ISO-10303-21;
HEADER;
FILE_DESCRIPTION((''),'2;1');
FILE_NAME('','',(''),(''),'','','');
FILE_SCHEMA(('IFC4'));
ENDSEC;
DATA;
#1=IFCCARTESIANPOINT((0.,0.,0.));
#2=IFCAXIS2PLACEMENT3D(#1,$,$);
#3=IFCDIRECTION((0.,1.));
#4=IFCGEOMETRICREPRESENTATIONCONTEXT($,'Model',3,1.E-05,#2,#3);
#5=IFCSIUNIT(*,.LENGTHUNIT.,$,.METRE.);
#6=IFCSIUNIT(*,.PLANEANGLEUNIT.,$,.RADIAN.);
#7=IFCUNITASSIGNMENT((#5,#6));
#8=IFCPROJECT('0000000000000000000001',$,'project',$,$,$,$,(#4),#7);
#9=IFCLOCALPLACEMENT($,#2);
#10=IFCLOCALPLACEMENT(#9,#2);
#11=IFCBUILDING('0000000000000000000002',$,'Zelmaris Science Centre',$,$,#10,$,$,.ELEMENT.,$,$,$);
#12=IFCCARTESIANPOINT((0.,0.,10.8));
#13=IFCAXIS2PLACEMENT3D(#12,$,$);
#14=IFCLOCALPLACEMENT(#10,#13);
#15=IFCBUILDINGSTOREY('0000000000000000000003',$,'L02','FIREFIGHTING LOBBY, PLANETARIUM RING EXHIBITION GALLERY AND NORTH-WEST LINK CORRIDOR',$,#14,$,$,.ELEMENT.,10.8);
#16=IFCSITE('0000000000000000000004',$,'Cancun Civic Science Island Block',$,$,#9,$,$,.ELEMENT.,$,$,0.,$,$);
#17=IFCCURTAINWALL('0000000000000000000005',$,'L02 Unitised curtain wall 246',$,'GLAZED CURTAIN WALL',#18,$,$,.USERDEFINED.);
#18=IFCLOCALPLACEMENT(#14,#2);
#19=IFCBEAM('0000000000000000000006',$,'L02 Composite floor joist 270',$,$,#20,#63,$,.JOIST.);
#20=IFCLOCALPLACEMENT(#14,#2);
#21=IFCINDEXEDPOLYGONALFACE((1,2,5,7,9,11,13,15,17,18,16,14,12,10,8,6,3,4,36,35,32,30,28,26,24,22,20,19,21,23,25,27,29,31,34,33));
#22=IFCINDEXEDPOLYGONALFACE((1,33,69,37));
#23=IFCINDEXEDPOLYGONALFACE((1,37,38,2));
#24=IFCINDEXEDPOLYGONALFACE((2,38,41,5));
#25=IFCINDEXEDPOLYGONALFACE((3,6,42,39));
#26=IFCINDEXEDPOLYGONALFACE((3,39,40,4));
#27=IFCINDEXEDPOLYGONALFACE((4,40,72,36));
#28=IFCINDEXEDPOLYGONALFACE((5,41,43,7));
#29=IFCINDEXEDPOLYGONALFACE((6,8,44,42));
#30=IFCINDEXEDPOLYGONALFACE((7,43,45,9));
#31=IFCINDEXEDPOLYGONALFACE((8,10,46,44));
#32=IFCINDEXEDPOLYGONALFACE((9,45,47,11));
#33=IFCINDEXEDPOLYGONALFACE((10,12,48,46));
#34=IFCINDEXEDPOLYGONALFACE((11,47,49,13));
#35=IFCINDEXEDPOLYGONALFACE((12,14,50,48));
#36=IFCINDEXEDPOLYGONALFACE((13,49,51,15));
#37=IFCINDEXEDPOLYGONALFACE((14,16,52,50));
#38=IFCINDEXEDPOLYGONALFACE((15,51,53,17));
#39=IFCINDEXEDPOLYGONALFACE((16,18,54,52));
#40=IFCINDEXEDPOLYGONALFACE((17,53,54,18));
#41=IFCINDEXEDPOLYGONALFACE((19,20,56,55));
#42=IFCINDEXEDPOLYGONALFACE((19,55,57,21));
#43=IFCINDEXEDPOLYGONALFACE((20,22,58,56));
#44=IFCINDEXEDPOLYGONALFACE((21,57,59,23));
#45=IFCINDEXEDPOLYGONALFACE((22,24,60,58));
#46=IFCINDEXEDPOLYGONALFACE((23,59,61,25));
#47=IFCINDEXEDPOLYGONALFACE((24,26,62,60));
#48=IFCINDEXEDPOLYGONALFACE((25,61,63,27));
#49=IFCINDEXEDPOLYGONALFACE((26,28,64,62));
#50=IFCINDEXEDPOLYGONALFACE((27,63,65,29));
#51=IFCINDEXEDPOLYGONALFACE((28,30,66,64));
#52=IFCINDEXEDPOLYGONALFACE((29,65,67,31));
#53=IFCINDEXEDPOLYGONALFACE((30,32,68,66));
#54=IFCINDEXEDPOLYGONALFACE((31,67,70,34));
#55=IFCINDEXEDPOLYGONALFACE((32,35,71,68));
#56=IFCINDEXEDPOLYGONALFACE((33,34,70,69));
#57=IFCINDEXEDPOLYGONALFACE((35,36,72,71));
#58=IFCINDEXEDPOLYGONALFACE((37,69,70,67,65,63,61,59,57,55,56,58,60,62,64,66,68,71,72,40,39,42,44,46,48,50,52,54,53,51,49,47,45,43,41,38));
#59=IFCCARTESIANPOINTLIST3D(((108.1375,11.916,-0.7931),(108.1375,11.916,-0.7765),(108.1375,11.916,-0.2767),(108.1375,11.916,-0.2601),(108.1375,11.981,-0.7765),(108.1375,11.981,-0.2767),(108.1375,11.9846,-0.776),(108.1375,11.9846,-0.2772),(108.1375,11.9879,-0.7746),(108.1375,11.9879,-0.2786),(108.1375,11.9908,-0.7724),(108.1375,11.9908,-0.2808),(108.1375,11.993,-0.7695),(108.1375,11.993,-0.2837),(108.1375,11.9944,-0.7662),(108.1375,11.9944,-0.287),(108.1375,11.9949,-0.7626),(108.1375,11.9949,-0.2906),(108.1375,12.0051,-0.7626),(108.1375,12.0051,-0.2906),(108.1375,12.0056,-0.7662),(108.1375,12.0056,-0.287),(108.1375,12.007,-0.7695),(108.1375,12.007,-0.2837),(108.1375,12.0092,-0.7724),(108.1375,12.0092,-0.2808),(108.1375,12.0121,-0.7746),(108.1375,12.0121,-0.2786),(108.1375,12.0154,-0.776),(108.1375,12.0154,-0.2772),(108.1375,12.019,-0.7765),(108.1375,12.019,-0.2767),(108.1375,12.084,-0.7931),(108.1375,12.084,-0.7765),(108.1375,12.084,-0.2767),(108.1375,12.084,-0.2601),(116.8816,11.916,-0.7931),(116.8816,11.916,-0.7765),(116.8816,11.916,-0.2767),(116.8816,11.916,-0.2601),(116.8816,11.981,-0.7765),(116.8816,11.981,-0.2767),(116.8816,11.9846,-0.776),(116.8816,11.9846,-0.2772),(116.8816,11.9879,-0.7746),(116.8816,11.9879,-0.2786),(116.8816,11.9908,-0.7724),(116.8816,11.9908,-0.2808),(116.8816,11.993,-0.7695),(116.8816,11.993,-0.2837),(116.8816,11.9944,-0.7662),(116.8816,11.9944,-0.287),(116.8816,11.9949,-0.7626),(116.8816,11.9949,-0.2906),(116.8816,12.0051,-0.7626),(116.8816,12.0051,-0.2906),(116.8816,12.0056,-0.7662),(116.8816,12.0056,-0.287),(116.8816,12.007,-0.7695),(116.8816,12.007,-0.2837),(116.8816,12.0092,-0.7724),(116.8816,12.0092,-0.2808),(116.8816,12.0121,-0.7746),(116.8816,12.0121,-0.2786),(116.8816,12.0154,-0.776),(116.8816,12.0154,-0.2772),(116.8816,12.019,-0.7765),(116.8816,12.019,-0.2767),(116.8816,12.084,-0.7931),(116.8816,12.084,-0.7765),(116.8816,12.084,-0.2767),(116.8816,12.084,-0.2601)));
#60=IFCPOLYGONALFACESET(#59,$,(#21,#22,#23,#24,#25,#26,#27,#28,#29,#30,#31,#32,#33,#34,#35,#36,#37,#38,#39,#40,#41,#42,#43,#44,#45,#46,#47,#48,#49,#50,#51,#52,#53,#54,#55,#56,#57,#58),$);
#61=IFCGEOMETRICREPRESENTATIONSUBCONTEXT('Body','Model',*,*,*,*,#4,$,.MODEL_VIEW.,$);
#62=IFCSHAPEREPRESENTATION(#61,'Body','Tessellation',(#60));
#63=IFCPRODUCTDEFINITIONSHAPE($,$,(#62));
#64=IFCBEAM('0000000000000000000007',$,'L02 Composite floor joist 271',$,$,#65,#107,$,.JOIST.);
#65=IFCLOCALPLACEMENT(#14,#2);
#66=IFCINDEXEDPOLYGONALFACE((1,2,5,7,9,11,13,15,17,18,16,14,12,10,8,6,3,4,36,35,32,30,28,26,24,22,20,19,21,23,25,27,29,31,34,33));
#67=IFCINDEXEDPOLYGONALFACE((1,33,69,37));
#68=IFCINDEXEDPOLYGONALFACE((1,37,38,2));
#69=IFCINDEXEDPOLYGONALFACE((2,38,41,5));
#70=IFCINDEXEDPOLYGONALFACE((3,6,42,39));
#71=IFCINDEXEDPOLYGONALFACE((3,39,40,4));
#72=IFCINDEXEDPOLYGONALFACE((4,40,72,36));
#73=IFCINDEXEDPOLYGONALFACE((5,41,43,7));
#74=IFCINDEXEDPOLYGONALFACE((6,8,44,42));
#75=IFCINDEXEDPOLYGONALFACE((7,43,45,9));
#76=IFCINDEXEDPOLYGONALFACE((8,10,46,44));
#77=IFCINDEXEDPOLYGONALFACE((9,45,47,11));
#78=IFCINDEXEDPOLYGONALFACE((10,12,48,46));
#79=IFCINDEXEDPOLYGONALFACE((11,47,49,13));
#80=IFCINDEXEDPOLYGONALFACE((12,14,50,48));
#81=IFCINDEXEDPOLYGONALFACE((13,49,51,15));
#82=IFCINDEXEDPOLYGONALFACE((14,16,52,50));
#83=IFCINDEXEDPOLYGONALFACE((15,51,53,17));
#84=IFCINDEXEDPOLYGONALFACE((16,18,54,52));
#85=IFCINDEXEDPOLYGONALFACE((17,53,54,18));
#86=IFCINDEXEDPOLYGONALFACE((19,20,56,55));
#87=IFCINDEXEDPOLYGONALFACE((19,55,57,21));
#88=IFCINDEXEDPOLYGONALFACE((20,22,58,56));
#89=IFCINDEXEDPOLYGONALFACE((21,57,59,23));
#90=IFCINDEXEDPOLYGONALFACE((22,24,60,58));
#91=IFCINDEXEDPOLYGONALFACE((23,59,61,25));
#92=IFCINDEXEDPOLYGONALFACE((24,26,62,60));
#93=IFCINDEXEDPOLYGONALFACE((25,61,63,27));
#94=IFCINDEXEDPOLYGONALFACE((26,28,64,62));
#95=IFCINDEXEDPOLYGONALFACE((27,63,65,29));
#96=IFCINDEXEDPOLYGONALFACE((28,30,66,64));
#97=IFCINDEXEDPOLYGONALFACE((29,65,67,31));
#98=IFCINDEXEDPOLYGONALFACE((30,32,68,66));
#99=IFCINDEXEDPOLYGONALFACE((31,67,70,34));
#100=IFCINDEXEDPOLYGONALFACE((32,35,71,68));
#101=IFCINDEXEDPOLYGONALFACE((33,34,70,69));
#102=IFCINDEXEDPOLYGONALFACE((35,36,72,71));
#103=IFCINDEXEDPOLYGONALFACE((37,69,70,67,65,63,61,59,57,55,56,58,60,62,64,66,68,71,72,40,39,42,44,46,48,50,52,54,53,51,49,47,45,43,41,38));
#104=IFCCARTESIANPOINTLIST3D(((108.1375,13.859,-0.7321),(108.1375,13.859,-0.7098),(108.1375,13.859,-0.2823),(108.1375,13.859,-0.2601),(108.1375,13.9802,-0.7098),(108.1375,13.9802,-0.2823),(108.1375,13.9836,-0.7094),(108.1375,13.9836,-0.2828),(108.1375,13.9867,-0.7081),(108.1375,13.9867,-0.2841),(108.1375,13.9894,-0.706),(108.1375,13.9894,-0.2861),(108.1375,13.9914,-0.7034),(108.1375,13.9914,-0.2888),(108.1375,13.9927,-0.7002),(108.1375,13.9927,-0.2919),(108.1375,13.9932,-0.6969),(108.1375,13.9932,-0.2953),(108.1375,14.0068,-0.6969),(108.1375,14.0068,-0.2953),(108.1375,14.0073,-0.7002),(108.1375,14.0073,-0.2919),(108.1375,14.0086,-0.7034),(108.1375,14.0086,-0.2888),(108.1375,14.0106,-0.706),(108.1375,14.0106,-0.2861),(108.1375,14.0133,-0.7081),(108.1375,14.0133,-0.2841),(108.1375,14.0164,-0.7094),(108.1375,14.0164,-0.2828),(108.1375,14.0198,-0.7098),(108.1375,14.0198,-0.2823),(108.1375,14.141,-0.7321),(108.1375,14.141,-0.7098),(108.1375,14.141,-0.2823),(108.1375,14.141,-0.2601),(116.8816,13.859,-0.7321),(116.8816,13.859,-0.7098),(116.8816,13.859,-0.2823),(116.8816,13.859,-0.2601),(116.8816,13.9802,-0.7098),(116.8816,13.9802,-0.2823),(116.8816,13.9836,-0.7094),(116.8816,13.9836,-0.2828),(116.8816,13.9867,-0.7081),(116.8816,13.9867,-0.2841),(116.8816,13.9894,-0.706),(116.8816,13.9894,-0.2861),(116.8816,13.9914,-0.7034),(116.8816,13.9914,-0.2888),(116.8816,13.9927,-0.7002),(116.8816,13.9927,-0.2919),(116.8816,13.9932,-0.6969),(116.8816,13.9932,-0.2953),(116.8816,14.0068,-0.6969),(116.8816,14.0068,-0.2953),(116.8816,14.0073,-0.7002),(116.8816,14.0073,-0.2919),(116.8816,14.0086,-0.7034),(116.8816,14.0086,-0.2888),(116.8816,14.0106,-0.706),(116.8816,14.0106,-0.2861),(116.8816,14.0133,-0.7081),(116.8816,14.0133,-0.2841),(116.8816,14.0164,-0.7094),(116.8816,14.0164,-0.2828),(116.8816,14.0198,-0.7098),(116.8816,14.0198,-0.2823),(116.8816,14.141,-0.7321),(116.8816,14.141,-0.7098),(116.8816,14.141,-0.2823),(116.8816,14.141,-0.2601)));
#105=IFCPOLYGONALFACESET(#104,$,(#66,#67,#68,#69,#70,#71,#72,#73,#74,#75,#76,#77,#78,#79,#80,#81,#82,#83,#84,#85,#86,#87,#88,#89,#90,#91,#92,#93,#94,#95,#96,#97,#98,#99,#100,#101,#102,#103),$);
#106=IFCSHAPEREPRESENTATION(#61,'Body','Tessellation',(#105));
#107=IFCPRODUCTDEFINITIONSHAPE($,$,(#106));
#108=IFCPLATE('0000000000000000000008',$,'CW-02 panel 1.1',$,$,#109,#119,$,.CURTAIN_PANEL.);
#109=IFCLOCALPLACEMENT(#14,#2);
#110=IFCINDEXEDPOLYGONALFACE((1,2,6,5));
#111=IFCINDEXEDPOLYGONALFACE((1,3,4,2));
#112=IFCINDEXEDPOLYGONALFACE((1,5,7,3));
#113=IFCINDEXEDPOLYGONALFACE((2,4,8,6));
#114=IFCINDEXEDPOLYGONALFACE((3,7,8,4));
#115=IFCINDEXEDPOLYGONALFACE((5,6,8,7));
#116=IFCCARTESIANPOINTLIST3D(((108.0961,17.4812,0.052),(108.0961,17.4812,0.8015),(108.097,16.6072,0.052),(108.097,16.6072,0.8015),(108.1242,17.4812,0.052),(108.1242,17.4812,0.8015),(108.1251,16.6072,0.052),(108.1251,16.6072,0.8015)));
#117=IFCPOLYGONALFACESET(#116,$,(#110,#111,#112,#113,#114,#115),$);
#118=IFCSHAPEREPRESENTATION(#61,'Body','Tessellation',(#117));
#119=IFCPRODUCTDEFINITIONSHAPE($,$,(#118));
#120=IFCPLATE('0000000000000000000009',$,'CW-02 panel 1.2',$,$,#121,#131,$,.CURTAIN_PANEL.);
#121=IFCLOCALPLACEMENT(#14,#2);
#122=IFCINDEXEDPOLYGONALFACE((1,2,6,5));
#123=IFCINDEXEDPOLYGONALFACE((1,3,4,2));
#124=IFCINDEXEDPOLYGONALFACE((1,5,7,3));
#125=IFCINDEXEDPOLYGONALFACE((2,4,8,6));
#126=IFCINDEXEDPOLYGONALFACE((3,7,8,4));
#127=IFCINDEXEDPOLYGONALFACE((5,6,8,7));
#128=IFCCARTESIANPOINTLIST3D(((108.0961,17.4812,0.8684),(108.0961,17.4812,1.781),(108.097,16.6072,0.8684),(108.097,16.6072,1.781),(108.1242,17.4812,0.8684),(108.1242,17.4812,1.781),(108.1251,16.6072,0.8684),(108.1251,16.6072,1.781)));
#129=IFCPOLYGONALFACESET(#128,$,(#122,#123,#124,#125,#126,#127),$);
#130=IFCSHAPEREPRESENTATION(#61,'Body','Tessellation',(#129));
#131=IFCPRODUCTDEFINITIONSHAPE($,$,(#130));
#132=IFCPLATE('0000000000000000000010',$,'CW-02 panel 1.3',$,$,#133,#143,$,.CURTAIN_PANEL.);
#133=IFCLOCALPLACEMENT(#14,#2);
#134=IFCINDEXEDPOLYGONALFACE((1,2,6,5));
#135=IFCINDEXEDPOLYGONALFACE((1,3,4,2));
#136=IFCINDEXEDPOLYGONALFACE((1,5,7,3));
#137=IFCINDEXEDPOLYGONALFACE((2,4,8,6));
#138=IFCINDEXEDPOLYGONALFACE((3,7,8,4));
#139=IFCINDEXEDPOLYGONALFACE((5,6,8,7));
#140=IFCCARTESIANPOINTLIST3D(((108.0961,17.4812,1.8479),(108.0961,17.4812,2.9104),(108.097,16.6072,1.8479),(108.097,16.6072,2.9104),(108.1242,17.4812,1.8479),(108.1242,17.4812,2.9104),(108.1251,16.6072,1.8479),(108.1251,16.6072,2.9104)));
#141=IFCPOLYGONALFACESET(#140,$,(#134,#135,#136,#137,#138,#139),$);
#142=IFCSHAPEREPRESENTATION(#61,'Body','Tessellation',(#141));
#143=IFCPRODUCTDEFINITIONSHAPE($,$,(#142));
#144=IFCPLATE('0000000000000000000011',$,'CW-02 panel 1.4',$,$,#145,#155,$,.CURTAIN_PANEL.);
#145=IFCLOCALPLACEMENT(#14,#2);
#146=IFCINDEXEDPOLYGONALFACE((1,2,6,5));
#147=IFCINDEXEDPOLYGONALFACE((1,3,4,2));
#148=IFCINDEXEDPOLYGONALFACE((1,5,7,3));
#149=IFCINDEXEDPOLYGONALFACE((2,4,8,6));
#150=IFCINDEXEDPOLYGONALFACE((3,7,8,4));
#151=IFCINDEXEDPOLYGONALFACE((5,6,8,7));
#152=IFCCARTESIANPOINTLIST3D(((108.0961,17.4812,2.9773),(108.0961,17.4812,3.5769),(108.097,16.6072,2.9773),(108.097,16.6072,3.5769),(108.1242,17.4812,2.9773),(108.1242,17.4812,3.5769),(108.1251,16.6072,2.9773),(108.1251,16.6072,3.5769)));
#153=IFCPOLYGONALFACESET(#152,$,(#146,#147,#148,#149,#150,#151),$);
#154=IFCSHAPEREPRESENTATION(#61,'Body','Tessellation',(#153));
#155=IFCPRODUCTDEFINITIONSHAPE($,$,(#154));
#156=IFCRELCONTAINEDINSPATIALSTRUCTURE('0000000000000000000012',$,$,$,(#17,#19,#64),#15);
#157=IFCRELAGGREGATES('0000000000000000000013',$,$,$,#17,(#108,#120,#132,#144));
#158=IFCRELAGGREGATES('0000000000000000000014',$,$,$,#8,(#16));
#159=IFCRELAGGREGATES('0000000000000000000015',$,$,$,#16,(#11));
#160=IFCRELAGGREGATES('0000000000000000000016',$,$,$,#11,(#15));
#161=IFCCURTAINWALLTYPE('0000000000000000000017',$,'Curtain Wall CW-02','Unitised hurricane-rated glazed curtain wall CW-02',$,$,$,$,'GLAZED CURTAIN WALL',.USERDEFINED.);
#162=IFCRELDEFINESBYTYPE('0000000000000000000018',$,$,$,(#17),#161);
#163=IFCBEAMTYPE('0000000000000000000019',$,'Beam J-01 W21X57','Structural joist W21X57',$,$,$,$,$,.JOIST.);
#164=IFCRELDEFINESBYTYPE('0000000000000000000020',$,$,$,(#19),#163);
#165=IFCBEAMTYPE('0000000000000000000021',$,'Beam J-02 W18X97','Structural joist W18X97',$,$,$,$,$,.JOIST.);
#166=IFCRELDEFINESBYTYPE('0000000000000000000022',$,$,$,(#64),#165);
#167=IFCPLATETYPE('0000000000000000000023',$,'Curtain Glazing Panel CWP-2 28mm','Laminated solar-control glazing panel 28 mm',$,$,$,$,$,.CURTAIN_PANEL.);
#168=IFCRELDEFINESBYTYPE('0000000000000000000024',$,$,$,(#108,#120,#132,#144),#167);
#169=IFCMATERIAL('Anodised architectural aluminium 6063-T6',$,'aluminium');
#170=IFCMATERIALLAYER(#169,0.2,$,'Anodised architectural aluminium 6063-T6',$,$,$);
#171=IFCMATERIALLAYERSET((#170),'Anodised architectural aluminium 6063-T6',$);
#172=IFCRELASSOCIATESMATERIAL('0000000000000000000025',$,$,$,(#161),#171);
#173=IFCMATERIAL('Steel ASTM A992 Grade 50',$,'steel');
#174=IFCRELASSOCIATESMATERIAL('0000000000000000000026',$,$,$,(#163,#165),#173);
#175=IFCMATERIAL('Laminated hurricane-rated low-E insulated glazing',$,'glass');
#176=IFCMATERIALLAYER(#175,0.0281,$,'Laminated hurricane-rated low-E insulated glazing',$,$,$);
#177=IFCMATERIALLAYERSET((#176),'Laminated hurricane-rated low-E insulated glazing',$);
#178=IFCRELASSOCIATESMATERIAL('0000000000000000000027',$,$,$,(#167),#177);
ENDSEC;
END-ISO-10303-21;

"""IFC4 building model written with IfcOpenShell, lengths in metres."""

from ifc_helpers import new_model, si_unit, direction, frame, origin, origin_2d, place, context, subcontext, project, spatial, rectangle, i_section, extrude, material, layer, layer_set, material_profile, profile_set, type_object, element, aggregate, save


model = new_model("IFC4")

# Units and contexts
model_context = context("Model", 3, precision=1e-05, world=origin(), true_north=direction((0.0, 1.0)))
body_context = subcontext(model_context, "Body", "Model", "MODEL_VIEW")
ifc_project = project(units=[si_unit("LENGTHUNIT", "METRE"), si_unit("PLANEANGLEUNIT", "RADIAN")], contexts=[model_context])

# Site, building, storey
site_placement = place(None, origin())
site = spatial("IfcSite", under=ifc_project, at=site_placement, Name="Cancun Civic Science Island Block", CompositionType="ELEMENT", RefElevation=0.0)
building_placement = place(site_placement, origin())
building = spatial("IfcBuilding", under=site, at=building_placement, Name="Zelmaris Science Centre", CompositionType="ELEMENT")
storey_placement = place(building_placement, frame((0.0, 0.0, 10.8)))
storey = spatial("IfcBuildingStorey", under=building, at=storey_placement, Name="L02", Description="FIREFIGHTING LOBBY, PLANETARIUM RING EXHIBITION GALLERY AND NORTH-WEST LINK CORRIDOR", CompositionType="ELEMENT", Elevation=10.8)

# Shared definitions
ifc_material_1 = material(Name="Steel ASTM A992 Grade 50", Category="steel")

# Shared definitions
ifc_material_2 = material(Name="Anodised architectural aluminium 6063-T6", Category="aluminium")

# Curtain wall
ifc_layer_1 = layer(ifc_material_2, 0.2, Name="Anodised architectural aluminium 6063-T6")
ifc_layer_set_1 = layer_set([ifc_layer_1], Name="Anodised architectural aluminium 6063-T6")
curtain_wall_type_1 = type_object("IfcCurtainWallType", Name="Curtain Wall CW-02", Description="Unitised hurricane-rated glazed curtain wall CW-02", ElementType="GLAZED CURTAIN WALL", PredefinedType="USERDEFINED", material=ifc_layer_set_1)
curtain_wall_1_placement = place(storey_placement, origin())
curtain_wall_1 = element("IfcCurtainWall", 1, at=curtain_wall_1_placement, inside=storey, type_object=curtain_wall_type_1, Name="L02 Unitised curtain wall 246", ObjectType="GLAZED CURTAIN WALL", PredefinedType="USERDEFINED")

# Beams
ifc_material_profile_1 = material_profile(ifc_material_1, i_section(OverallWidth=0.168, OverallDepth=0.533, WebThickness=0.0103, FlangeThickness=0.0166, FilletRadius=0.0139, at=origin_2d()), Name="W21X57")
ifc_profile_set_1 = profile_set([ifc_material_profile_1], Name="Steel ASTM A992 Grade 50")
beam_type_1 = type_object("IfcBeamType", Name="Beam J-01 W21X57", Description="Structural joist W21X57", PredefinedType="JOIST", material=ifc_profile_set_1)
beam_1_placement = place(storey_placement, frame((108.1375, 12.0, -0.5266), z_axis=(1.0, 0.0, 0.0), x_axis=(0.0, 1.0, 0.0)))
element("IfcBeam", 2, at=beam_1_placement, inside=storey, type_object=beam_type_1, Name="L02 Composite floor joist 270", PredefinedType="JOIST", context=body_context, shape_type="SweptSolid", body=[
    extrude(i_section(OverallWidth=0.168, OverallDepth=0.533, WebThickness=0.0103, FlangeThickness=0.0166, FilletRadius=0.0139, at=origin_2d()), origin(), (0.0, 0.0, 1.0), 8.7441),
])
ifc_material_profile_2 = material_profile(ifc_material_1, i_section(OverallWidth=0.282, OverallDepth=0.4719, WebThickness=0.0137, FlangeThickness=0.0222, FilletRadius=0.0129, at=origin_2d()), Name="W18X97")
ifc_profile_set_2 = profile_set([ifc_material_profile_2], Name="Steel ASTM A992 Grade 50")
beam_type_2 = type_object("IfcBeamType", Name="Beam J-02 W18X97", Description="Structural joist W18X97", PredefinedType="JOIST", material=ifc_profile_set_2)
beam_2_placement = place(storey_placement, frame((108.1375, 14.0, -0.4961), z_axis=(1.0, 0.0, 0.0), x_axis=(0.0, 1.0, 0.0)))
element("IfcBeam", 3, at=beam_2_placement, inside=storey, type_object=beam_type_2, Name="L02 Composite floor joist 271", PredefinedType="JOIST", context=body_context, shape_type="SweptSolid", body=[
    extrude(i_section(OverallWidth=0.282, OverallDepth=0.4719, WebThickness=0.0137, FlangeThickness=0.0222, FilletRadius=0.0129, at=origin_2d()), origin(), (0.0, 0.0, 1.0), 8.7441),
])

# Plates
ifc_material_3 = material(Name="Laminated hurricane-rated low-E insulated glazing", Category="glass")
ifc_layer_2 = layer(ifc_material_3, 0.0281, Name="Laminated hurricane-rated low-E insulated glazing")
ifc_layer_set_2 = layer_set([ifc_layer_2], Name="Laminated hurricane-rated low-E insulated glazing")
plate_type = type_object("IfcPlateType", Name="Curtain Glazing Panel CWP-2 28mm", Description="Laminated solar-control glazing panel 28 mm", PredefinedType="CURTAIN_PANEL", material=ifc_layer_set_2)
plate_1_placement = place(storey_placement, frame((108.1106, 17.0442, 0.052), z_axis=(0.0, 0.0, 1.0), x_axis=(-0.001052, 0.999999, 0.0)))
plate_1 = element("IfcPlate", 4, at=plate_1_placement, type_object=plate_type, Name="CW-02 panel 1.1", PredefinedType="CURTAIN_PANEL", context=body_context, shape_type="SweptSolid", body=[
    extrude(rectangle(XDim=0.874, YDim=0.0281, at=origin_2d()), origin(), (0.0, 0.0, 1.0), 0.7495),
])
plate_2_placement = place(storey_placement, frame((108.1106, 17.0442, 0.8684), z_axis=(0.0, 0.0, 1.0), x_axis=(-0.001052, 0.999999, 0.0)))
plate_2 = element("IfcPlate", 5, at=plate_2_placement, type_object=plate_type, Name="CW-02 panel 1.2", PredefinedType="CURTAIN_PANEL", context=body_context, shape_type="SweptSolid", body=[
    extrude(rectangle(XDim=0.874, YDim=0.0281, at=origin_2d()), origin(), (0.0, 0.0, 1.0), 0.9126),
])
plate_3_placement = place(storey_placement, frame((108.1106, 17.0442, 1.8479), z_axis=(0.0, 0.0, 1.0), x_axis=(-0.001052, 0.999999, 0.0)))
plate_3 = element("IfcPlate", 6, at=plate_3_placement, type_object=plate_type, Name="CW-02 panel 1.3", PredefinedType="CURTAIN_PANEL", context=body_context, shape_type="SweptSolid", body=[
    extrude(rectangle(XDim=0.874, YDim=0.0281, at=origin_2d()), origin(), (0.0, 0.0, 1.0), 1.0625),
])
plate_4_placement = place(storey_placement, frame((108.1106, 17.0442, 2.9773), z_axis=(0.0, 0.0, 1.0), x_axis=(-0.001052, 0.999999, 0.0)))
plate_4 = element("IfcPlate", 7, at=plate_4_placement, type_object=plate_type, Name="CW-02 panel 1.4", PredefinedType="CURTAIN_PANEL", context=body_context, shape_type="SweptSolid", body=[
    extrude(rectangle(XDim=0.874, YDim=0.0281, at=origin_2d()), origin(), (0.0, 0.0, 1.0), 0.5996),
])
aggregate(curtain_wall_1, [plate_1, plate_2, plate_3, plate_4])

save(model, "model.ifc")
